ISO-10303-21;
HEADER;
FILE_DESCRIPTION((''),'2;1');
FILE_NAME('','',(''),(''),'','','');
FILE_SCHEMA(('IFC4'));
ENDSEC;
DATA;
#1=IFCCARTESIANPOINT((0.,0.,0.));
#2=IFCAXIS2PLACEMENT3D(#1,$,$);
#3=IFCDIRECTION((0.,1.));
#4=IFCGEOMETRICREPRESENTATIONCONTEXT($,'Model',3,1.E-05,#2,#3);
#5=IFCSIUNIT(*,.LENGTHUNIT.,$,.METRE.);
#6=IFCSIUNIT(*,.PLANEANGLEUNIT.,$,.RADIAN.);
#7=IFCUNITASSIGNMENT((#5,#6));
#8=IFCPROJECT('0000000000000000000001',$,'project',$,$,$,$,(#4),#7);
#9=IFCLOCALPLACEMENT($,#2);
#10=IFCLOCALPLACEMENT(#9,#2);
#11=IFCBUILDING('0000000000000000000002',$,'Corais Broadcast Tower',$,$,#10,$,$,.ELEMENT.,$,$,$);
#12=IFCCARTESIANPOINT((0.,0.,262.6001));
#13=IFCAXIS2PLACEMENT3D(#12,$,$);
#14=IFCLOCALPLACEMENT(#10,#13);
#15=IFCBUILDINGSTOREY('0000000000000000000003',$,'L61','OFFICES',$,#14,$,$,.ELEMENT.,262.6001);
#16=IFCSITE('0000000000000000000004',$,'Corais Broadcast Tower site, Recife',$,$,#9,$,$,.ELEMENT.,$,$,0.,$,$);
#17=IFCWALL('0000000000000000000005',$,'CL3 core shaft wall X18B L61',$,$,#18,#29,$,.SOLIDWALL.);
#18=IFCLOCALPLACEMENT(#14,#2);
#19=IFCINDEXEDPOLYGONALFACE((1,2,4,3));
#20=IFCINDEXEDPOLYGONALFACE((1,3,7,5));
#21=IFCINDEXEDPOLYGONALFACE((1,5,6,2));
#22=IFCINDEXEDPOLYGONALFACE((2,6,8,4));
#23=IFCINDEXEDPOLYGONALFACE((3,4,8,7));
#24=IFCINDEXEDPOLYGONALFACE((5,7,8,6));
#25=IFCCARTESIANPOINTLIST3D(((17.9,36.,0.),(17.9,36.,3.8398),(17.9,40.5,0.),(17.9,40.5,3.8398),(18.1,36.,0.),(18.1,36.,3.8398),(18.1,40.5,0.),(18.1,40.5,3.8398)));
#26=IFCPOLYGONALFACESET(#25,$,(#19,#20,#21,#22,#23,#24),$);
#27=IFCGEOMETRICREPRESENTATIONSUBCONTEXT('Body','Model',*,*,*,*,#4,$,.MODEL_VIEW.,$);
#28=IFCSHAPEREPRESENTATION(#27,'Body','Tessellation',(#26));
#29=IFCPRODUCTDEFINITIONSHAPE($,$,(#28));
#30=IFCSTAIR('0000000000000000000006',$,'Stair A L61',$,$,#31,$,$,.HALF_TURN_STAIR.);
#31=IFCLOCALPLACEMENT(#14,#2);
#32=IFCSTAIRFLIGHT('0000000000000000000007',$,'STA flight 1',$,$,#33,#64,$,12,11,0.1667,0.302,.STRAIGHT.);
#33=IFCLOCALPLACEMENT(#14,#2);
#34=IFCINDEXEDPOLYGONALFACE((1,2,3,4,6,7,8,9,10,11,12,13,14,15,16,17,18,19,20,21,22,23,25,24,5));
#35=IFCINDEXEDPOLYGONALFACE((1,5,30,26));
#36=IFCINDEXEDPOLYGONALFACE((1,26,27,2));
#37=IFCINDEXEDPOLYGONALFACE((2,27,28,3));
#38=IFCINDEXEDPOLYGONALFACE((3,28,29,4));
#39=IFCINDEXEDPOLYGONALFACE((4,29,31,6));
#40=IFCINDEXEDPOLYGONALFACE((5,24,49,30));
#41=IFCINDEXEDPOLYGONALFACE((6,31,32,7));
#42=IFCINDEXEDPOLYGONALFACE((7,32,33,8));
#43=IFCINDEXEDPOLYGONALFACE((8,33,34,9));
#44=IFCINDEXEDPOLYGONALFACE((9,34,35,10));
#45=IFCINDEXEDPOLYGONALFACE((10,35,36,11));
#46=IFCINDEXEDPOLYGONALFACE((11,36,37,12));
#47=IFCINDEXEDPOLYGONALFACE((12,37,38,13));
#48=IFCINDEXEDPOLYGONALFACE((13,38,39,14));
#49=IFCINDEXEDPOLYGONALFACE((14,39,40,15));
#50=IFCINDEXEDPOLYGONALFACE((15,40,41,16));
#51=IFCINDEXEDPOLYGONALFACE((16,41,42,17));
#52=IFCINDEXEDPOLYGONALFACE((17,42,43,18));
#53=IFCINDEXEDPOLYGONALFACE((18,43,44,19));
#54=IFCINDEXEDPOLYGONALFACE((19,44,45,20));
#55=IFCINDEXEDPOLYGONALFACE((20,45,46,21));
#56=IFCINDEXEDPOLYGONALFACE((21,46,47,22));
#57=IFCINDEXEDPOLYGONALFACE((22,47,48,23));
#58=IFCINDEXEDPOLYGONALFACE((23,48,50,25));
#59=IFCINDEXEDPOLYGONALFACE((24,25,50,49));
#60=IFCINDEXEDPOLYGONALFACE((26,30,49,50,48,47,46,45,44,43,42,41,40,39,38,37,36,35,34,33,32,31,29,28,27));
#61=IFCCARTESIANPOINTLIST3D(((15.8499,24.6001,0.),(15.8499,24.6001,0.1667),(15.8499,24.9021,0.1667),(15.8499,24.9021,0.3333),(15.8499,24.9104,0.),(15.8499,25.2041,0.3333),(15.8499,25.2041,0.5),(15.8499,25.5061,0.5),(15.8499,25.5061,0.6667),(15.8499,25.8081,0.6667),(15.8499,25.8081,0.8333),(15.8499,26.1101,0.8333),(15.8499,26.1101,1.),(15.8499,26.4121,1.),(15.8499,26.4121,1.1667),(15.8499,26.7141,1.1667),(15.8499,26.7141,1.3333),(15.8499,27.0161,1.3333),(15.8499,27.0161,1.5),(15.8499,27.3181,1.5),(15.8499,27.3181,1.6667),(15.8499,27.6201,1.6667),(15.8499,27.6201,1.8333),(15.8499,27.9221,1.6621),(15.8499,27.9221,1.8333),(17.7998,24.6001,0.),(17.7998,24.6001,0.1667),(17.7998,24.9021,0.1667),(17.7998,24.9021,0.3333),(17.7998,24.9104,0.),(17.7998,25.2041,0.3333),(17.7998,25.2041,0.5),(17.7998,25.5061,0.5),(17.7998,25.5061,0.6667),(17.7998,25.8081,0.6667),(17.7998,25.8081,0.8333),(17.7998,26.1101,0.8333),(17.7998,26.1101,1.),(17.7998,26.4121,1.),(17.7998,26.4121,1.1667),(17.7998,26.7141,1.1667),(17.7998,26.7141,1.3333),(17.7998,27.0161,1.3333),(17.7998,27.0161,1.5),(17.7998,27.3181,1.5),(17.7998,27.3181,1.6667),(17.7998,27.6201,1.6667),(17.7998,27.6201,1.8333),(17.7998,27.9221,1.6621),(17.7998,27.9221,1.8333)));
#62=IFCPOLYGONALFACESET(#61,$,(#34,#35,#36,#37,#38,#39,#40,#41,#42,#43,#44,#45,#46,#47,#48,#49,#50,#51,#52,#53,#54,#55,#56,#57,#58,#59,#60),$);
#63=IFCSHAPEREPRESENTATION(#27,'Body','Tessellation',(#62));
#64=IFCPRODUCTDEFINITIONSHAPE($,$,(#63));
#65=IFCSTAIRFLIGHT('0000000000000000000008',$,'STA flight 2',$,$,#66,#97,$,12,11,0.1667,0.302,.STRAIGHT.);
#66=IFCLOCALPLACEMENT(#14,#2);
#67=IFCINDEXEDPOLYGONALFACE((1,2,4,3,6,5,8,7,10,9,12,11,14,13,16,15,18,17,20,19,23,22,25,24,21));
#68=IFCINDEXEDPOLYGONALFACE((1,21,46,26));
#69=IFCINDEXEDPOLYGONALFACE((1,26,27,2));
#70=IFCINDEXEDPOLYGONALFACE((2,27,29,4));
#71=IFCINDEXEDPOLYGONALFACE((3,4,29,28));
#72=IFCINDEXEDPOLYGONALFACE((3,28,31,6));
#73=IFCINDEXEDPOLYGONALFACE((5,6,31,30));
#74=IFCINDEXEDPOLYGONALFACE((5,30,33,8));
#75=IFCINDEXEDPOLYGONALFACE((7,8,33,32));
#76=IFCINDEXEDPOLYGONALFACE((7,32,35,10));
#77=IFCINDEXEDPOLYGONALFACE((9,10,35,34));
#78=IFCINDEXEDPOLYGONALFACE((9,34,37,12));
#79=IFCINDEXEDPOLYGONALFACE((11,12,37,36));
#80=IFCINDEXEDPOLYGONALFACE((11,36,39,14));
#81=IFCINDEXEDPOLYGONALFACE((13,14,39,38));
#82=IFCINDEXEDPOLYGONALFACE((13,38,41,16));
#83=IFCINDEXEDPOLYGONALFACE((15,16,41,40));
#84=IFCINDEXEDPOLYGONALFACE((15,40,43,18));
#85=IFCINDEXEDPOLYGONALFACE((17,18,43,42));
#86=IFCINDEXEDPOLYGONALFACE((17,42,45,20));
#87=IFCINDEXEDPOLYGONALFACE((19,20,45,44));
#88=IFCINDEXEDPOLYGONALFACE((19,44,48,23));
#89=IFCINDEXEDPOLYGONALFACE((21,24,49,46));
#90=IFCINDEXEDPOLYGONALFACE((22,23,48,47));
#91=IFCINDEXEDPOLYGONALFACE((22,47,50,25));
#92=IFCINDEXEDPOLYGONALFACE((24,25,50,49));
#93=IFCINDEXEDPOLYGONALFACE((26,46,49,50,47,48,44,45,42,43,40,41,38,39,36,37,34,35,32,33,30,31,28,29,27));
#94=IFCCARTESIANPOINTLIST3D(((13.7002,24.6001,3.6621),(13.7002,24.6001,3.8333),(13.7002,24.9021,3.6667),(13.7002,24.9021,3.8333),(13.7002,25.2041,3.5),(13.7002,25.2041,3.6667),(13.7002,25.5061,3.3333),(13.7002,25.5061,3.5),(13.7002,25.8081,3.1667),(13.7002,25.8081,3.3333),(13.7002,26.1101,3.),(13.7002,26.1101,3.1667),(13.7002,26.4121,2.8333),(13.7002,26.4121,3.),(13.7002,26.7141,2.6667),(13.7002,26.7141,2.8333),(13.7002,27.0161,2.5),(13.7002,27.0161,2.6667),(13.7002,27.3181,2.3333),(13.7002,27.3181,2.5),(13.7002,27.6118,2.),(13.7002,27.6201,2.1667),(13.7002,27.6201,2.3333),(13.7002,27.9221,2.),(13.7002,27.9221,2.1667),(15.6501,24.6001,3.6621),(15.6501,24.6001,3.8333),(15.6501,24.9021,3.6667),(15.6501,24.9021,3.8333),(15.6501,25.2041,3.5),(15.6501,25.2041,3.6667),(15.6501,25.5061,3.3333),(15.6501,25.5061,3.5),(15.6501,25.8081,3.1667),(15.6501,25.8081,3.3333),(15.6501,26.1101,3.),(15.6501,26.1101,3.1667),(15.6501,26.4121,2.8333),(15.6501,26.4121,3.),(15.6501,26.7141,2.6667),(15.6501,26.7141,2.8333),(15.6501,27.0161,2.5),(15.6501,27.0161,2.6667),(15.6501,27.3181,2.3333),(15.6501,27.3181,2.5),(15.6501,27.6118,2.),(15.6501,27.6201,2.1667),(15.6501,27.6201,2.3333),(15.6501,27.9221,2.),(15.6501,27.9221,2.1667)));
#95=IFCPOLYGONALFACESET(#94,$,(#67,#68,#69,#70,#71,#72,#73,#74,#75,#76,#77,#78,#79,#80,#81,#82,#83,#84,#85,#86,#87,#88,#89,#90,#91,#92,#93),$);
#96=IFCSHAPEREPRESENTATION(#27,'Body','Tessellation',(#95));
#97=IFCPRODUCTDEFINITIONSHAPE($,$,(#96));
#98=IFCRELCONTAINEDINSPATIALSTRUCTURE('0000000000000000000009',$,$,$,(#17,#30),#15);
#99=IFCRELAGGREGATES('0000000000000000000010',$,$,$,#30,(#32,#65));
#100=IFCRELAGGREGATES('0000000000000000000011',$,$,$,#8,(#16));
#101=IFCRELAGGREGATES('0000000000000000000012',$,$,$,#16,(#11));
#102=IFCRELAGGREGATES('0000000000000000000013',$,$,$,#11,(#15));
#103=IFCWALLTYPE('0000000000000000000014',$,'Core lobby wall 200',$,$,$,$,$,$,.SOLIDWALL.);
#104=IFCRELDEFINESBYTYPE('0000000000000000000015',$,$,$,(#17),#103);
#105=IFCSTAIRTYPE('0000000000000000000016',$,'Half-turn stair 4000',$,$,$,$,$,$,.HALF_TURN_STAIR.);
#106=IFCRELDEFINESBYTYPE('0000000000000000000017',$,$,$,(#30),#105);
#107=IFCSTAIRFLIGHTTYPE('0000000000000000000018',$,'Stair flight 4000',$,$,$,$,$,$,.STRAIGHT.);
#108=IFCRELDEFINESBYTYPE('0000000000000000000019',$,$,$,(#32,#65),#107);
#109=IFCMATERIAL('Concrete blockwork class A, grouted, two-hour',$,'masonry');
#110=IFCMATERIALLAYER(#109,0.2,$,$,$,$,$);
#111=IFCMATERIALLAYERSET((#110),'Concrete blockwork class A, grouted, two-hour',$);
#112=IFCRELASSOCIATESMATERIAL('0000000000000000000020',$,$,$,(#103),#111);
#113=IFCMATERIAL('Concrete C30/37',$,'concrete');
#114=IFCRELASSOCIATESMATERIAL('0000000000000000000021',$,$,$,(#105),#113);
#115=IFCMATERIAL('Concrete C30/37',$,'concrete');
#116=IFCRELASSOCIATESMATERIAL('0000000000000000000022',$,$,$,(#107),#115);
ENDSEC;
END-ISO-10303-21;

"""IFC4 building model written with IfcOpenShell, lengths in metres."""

from ifc_helpers import new_model, si_unit, direction, frame, frame_2d, origin, place, context, subcontext, project, spatial, polyline, rectangle, outline, extrude, material, layer, layer_set, type_object, element, aggregate, save


model = new_model("IFC4")

# Units and contexts
model_context = context("Model", 3, precision=1e-05, world=origin(), true_north=direction((0.0, 1.0)))
body_context = subcontext(model_context, "Body", "Model", "MODEL_VIEW")
ifc_project = project(units=[si_unit("LENGTHUNIT", "METRE"), si_unit("PLANEANGLEUNIT", "RADIAN")], contexts=[model_context])

# Site, building, storey
site_placement = place(None, origin())
site = spatial("IfcSite", under=ifc_project, at=site_placement, Name="Corais Broadcast Tower site, Recife", CompositionType="ELEMENT", RefElevation=0.0)
building_placement = place(site_placement, origin())
building = spatial("IfcBuilding", under=site, at=building_placement, Name="Corais Broadcast Tower", CompositionType="ELEMENT")
storey_placement = place(building_placement, frame((0.0, 0.0, 262.6001)))
storey = spatial("IfcBuildingStorey", under=building, at=storey_placement, Name="L61", Description="OFFICES", CompositionType="ELEMENT", Elevation=262.6001)

# Wall
ifc_material_1 = material(Name="Concrete blockwork class A, grouted, two-hour", Category="masonry")
ifc_layer = layer(ifc_material_1, 0.2)
ifc_layer_set = layer_set([ifc_layer], Name="Concrete blockwork class A, grouted, two-hour")
wall_type = type_object("IfcWallType", Name="Core lobby wall 200", PredefinedType="SOLIDWALL", material=ifc_layer_set)
wall_placement = place(storey_placement, frame((18.0, 36.0, 0.0), z_axis=(0.0, 0.0, 1.0), x_axis=(0.0, 1.0, 0.0)))
element("IfcWall", 1, at=wall_placement, inside=storey, type_object=wall_type, Name="CL3 core shaft wall X18B L61", PredefinedType="SOLIDWALL", context=body_context, shape_type="SweptSolid", body=[
    extrude(rectangle(XDim=4.5, YDim=0.2, at=frame_2d((2.25, 0.0))), origin(), (0.0, 0.0, 1.0), 3.8398),
])

# Stair, stair flights
ifc_material_2 = material(Name="Concrete C30/37", Category="concrete")
stair_type = type_object("IfcStairType", Name="Half-turn stair 4000", PredefinedType="HALF_TURN_STAIR", material=ifc_material_2)
stair_placement = place(storey_placement, origin())
stair = element("IfcStair", 2, at=stair_placement, inside=storey, type_object=stair_type, Name="Stair A L61", PredefinedType="HALF_TURN_STAIR")
ifc_material_3 = material(Name="Concrete C30/37", Category="concrete")
stair_flight_type = type_object("IfcStairFlightType", Name="Stair flight 4000", PredefinedType="STRAIGHT", material=ifc_material_3)
stair_flight_1_placement = place(storey_placement, frame((16.825, 24.6001, 0.0), z_axis=(0.0, 0.0, 1.0), x_axis=(0.0, 1.0, 0.0)))
stair_flight_1 = element("IfcStairFlight", 3, at=stair_flight_1_placement, type_object=stair_flight_type, Name="STA flight 1", NumberOfRisers=12, NumberOfTreads=11, PredefinedType="STRAIGHT", RiserHeight=0.1667, TreadLength=0.302, context=body_context, shape_type="SweptSolid", body=[
    extrude(outline(polyline([(0.0, 0.0), (0.0, 0.1667), (0.302, 0.1667), (0.302, 0.3333), (0.604, 0.3333), (0.604, 0.5), (0.906, 0.5), (0.906, 0.6667), (1.208, 0.6667), (1.208, 0.8333), (1.51, 0.8333), (1.51, 1.0), (1.812, 1.0), (1.812, 1.1667), (2.114, 1.1667), (2.114, 1.3333), (2.416, 1.3333), (2.416, 1.5), (2.718, 1.5), (2.718, 1.6667), (3.02, 1.6667), (3.02, 1.8333), (3.322, 1.8333), (3.322, 2.0), (3.322, 1.6621), (0.3103, 0.0), (0.0, 0.0)])), frame((0.0, 0.9751, 0.0), z_axis=(0.0, -1.0, 0.0), x_axis=(1.0, 0.0, 0.0)), (0.0, 0.0, 1.0), 1.95),
])
stair_flight_2_placement = place(storey_placement, frame((14.675, 27.9221, 2.0), z_axis=(0.0, 0.0, 1.0), x_axis=(0.0, -1.0, 0.0)))
stair_flight_2 = element("IfcStairFlight", 4, at=stair_flight_2_placement, type_object=stair_flight_type, Name="STA flight 2", NumberOfRisers=12, NumberOfTreads=11, PredefinedType="STRAIGHT", RiserHeight=0.1667, TreadLength=0.302, context=body_context, shape_type="SweptSolid", body=[
    extrude(outline(polyline([(0.0, 0.0), (0.0, 0.1667), (0.302, 0.1667), (0.302, 0.3333), (0.604, 0.3333), (0.604, 0.5), (0.906, 0.5), (0.906, 0.6667), (1.208, 0.6667), (1.208, 0.8333), (1.51, 0.8333), (1.51, 1.0), (1.812, 1.0), (1.812, 1.1667), (2.114, 1.1667), (2.114, 1.3333), (2.416, 1.3333), (2.416, 1.5), (2.718, 1.5), (2.718, 1.6667), (3.02, 1.6667), (3.02, 1.8333), (3.322, 1.8333), (3.322, 2.0), (3.322, 1.6621), (0.3103, 0.0), (0.0, 0.0)])), frame((0.0, 0.9751, 0.0), z_axis=(0.0, -1.0, 0.0), x_axis=(1.0, 0.0, 0.0)), (0.0, 0.0, 1.0), 1.95),
])
aggregate(stair, [stair_flight_1, stair_flight_2])

save(model, "model.ifc")
